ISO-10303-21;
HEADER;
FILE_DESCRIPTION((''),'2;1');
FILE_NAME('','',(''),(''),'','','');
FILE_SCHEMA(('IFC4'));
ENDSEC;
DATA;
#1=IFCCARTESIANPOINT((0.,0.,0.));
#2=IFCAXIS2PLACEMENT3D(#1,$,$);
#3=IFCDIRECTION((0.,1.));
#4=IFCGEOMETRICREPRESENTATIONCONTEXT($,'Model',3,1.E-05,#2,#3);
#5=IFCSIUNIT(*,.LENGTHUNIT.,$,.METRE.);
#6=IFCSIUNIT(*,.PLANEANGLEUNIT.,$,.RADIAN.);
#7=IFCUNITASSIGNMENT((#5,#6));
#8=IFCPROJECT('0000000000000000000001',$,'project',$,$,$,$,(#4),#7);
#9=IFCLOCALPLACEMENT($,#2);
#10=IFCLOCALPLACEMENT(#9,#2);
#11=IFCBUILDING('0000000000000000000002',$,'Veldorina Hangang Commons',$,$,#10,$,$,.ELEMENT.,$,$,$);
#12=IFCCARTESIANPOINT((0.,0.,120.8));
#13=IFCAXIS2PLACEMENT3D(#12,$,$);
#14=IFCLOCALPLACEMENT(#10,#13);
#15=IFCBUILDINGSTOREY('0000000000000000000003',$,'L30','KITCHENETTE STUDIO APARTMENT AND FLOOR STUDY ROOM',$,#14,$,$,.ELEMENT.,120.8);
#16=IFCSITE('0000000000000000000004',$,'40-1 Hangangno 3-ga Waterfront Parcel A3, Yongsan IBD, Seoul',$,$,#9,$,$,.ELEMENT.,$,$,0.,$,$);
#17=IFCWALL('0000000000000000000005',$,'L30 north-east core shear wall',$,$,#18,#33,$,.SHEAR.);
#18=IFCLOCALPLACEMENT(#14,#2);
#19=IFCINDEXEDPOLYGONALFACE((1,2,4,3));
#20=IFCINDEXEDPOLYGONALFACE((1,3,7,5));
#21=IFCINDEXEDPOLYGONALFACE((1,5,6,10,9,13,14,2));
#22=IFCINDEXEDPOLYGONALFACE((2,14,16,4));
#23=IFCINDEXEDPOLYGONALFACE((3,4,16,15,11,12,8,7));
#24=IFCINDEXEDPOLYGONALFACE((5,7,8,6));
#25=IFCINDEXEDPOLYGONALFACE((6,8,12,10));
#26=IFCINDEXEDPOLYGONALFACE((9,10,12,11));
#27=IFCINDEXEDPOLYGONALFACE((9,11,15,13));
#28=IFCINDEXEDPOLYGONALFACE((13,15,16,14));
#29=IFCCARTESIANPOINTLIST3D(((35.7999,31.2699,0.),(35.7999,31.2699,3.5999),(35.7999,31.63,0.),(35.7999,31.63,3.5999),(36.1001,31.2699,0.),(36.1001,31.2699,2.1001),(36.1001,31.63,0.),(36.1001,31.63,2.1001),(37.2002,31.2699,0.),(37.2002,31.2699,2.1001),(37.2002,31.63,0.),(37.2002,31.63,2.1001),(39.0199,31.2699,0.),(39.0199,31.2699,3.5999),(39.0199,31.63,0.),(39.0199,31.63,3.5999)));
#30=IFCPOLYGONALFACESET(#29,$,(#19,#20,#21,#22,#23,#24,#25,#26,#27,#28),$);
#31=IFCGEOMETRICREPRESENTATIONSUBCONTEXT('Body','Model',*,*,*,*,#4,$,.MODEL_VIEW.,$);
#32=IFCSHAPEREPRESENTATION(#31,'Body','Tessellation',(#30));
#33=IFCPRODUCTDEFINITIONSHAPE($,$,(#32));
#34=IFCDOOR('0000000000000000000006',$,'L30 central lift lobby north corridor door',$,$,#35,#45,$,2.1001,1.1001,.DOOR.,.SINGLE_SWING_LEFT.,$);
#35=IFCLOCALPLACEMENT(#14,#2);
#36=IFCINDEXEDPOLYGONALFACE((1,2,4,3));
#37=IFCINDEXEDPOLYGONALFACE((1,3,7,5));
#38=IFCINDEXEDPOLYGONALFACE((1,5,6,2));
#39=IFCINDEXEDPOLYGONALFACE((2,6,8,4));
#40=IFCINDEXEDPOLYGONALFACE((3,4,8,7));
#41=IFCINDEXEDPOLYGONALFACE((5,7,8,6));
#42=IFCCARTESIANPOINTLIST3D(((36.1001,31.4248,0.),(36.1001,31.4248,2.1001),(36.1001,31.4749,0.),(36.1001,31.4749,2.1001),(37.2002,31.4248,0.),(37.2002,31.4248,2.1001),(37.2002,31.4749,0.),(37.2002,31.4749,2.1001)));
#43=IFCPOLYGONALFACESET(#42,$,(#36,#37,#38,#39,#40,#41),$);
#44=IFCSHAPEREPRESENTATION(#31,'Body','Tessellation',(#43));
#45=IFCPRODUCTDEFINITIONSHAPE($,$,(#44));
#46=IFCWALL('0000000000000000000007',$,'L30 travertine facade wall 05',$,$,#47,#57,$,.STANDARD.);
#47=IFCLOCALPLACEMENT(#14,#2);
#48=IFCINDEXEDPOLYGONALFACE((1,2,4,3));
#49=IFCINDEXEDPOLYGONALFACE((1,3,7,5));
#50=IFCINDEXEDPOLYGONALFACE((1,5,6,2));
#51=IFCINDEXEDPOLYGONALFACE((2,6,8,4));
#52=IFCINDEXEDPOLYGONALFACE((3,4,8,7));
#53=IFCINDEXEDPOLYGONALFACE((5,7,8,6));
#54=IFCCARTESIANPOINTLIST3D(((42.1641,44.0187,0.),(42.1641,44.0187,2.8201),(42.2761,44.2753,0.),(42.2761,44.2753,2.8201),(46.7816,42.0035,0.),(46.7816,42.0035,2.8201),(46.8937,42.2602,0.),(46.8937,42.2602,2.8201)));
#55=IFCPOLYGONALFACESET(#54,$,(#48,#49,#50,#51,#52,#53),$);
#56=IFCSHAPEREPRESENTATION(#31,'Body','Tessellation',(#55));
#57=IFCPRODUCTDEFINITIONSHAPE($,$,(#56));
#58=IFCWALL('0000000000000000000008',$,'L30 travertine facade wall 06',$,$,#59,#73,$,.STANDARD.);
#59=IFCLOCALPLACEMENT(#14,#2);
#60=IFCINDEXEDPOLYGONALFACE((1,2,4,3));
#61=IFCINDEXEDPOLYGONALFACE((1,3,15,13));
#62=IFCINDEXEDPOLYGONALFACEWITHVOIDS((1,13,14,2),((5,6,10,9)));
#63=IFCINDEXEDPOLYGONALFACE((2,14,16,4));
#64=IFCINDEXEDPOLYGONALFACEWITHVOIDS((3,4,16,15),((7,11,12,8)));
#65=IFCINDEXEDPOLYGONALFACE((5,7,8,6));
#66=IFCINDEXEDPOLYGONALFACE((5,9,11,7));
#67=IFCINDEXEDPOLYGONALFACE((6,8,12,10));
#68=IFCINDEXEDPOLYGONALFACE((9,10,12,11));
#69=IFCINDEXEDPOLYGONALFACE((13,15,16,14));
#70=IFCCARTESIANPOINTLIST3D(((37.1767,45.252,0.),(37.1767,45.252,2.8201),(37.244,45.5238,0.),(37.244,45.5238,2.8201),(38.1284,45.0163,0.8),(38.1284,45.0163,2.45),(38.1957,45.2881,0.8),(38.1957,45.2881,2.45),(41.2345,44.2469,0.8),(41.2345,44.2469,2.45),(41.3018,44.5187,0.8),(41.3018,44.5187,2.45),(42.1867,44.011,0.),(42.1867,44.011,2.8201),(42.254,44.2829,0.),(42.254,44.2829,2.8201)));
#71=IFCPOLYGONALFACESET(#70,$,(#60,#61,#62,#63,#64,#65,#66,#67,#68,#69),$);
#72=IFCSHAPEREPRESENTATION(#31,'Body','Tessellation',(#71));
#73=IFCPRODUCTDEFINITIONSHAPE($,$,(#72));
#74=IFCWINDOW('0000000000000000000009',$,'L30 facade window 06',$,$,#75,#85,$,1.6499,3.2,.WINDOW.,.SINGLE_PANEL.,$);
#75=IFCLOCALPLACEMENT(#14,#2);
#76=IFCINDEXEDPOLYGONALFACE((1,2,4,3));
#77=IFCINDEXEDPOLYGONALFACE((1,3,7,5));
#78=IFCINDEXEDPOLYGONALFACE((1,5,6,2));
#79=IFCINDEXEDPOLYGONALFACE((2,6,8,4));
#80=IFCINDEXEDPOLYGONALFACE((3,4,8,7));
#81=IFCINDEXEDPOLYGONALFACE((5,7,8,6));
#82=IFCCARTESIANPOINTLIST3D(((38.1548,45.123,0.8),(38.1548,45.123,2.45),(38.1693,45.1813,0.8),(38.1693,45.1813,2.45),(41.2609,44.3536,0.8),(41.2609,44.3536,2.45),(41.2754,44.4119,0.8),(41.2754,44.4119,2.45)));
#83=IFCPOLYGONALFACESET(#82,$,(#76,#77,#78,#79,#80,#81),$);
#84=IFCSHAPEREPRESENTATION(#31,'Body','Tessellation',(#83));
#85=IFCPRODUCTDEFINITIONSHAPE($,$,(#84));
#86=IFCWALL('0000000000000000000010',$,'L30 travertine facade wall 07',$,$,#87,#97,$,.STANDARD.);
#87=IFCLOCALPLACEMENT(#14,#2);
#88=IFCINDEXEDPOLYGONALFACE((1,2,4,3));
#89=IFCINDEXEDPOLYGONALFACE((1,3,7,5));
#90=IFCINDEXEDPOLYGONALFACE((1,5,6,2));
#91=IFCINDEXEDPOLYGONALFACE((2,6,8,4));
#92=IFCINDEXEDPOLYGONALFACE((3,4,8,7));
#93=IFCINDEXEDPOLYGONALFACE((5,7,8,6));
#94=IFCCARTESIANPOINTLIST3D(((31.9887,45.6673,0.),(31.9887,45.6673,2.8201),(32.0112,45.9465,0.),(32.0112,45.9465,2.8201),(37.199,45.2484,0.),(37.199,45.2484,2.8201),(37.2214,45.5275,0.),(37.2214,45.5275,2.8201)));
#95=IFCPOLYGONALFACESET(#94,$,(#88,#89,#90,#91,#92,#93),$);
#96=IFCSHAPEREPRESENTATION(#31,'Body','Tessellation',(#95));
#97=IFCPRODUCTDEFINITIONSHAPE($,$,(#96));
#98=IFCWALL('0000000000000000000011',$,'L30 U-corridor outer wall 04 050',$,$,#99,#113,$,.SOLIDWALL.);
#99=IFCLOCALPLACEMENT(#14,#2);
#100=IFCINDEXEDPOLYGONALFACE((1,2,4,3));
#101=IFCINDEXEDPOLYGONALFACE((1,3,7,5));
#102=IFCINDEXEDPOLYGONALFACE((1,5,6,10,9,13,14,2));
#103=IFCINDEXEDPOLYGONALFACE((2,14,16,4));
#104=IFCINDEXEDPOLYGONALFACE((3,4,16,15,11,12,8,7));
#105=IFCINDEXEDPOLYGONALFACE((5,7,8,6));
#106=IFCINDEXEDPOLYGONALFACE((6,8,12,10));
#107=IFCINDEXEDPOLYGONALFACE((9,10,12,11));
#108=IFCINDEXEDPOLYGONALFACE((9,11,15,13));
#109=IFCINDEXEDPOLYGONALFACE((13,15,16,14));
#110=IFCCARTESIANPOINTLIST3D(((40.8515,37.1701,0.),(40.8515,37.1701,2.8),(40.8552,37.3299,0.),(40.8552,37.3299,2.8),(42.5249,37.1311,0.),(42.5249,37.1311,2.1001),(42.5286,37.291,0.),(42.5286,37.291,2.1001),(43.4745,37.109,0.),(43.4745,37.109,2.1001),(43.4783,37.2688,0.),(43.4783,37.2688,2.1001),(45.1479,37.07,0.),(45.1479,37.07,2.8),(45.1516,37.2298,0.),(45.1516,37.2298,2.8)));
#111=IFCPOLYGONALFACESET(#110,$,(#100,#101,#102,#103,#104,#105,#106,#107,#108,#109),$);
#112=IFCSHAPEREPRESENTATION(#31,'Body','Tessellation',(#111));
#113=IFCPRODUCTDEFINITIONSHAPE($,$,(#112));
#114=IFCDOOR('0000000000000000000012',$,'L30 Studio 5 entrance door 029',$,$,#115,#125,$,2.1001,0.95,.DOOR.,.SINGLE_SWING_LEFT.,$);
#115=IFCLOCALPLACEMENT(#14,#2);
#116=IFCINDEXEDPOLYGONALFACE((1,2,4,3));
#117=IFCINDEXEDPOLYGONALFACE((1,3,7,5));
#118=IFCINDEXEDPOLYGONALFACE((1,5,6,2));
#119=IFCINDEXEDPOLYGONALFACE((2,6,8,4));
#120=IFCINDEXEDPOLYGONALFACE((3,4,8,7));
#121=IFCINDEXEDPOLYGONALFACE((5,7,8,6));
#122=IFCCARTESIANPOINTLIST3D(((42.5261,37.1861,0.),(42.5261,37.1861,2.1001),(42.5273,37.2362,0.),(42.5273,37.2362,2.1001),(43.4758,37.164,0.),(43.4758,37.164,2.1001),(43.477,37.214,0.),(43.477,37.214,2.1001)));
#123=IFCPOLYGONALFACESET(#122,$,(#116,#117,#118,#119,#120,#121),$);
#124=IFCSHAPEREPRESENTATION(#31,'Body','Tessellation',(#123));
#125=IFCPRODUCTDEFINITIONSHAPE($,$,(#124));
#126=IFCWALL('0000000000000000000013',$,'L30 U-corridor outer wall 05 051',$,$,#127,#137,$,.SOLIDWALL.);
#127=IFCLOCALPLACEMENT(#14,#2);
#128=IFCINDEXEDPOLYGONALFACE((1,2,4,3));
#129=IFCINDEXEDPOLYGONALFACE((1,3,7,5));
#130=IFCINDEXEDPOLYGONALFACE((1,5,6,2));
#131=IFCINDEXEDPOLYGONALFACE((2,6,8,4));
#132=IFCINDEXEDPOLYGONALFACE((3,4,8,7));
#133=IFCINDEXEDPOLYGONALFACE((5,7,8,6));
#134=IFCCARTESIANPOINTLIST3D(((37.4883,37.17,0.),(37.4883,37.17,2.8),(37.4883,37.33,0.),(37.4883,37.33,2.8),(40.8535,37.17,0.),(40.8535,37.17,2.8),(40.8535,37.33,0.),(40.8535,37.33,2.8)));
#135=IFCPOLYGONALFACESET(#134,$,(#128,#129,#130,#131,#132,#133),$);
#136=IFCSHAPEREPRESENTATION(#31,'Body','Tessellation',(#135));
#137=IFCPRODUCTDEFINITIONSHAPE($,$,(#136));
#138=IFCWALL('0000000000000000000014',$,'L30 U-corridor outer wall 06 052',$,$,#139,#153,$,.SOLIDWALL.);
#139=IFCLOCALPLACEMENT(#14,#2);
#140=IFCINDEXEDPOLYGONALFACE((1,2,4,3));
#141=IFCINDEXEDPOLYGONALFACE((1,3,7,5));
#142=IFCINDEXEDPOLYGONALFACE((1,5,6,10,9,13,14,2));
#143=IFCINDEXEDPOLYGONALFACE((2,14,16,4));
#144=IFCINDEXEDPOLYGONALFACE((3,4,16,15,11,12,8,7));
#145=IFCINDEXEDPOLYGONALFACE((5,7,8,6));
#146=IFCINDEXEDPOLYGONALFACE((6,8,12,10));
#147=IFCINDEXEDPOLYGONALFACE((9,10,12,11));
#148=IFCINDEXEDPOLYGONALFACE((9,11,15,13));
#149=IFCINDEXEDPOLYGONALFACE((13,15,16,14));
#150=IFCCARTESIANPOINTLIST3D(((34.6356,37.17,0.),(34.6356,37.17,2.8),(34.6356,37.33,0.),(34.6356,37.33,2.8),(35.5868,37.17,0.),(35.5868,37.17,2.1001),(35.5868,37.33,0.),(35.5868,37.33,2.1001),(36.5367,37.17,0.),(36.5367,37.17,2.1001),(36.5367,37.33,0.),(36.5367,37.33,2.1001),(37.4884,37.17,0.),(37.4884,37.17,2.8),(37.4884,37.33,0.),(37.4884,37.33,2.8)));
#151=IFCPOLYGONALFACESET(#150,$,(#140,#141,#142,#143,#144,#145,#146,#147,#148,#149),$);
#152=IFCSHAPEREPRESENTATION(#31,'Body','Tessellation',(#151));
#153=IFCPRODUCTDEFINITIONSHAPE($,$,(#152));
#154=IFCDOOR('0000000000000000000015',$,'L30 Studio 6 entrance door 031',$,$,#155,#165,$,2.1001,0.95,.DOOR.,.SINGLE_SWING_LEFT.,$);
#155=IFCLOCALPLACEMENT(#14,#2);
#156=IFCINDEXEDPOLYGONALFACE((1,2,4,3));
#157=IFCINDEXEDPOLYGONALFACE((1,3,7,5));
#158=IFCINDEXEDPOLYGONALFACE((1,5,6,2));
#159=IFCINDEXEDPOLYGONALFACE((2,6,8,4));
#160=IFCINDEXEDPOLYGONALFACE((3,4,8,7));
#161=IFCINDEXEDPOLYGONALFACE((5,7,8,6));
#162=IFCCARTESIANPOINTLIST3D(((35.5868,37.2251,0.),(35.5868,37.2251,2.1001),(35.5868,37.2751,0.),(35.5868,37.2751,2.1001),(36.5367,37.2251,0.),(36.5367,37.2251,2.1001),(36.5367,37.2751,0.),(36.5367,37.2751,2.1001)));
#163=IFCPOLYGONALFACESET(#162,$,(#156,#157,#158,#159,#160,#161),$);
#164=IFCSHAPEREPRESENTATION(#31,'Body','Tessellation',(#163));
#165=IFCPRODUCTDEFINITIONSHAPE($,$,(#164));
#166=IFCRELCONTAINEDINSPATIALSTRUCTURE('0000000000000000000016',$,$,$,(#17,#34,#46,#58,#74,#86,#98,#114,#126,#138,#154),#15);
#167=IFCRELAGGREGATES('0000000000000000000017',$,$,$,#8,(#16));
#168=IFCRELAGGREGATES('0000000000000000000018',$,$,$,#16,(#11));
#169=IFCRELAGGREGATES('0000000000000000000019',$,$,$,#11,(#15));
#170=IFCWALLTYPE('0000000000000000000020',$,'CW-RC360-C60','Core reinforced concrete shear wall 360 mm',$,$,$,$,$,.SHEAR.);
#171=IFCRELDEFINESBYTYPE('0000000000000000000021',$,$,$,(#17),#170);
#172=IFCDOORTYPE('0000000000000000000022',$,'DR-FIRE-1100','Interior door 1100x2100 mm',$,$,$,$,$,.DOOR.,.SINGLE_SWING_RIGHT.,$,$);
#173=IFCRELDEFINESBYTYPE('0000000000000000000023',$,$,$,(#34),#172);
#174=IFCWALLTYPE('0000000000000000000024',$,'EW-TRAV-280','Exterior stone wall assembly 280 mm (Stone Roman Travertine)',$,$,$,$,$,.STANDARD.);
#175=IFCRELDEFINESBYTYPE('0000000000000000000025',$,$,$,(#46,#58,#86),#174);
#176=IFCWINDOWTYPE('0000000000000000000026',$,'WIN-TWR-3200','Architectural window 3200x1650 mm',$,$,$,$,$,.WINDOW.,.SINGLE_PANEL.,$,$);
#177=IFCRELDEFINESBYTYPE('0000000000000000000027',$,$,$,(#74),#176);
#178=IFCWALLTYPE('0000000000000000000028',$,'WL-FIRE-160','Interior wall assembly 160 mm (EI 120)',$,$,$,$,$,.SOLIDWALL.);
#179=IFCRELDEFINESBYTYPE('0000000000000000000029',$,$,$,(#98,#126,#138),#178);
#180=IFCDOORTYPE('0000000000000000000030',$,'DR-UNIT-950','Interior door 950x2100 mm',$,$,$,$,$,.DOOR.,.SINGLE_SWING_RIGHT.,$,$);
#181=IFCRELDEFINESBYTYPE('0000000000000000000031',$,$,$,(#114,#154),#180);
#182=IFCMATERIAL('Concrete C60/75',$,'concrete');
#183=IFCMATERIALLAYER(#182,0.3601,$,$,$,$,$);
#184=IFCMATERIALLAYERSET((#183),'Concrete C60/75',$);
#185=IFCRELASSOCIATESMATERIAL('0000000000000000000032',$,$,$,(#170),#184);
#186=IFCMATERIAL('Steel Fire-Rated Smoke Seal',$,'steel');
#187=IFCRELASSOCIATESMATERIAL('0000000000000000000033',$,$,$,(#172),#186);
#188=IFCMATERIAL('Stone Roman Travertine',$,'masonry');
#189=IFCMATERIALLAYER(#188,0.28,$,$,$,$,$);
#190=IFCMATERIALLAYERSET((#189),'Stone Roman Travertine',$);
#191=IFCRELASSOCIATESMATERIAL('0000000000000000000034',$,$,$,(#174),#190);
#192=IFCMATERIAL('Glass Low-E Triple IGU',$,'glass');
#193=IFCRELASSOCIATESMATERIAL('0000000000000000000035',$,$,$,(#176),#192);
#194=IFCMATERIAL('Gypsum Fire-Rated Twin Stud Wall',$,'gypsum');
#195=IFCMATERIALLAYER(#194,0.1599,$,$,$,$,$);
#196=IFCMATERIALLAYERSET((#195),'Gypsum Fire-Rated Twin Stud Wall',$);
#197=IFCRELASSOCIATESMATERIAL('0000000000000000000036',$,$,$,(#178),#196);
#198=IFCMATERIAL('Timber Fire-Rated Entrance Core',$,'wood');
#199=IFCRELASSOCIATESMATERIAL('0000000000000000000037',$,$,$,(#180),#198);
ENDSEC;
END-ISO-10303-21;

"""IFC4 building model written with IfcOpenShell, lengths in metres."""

from ifc_helpers import new_model, si_unit, direction, frame, frame_2d, origin, place, context, subcontext, project, spatial, rectangle, extrude, material, layer, layer_set, type_object, element, fill, save


model = new_model("IFC4")

# Units and contexts
model_context = context("Model", 3, precision=1e-05, world=origin(), true_north=direction((0.0, 1.0)))
body_context = subcontext(model_context, "Body", "Model", "MODEL_VIEW")
ifc_project = project(units=[si_unit("LENGTHUNIT", "METRE"), si_unit("PLANEANGLEUNIT", "RADIAN")], contexts=[model_context])

# Site, building, storey
site_placement = place(None, origin())
site = spatial("IfcSite", under=ifc_project, at=site_placement, Name="40-1 Hangangno 3-ga Waterfront Parcel A3, Yongsan IBD, Seoul", CompositionType="ELEMENT", RefElevation=0.0)
building_placement = place(site_placement, origin())
building = spatial("IfcBuilding", under=site, at=building_placement, Name="Veldorina Hangang Commons", CompositionType="ELEMENT")
storey_placement = place(building_placement, frame((0.0, 0.0, 120.8)))
storey = spatial("IfcBuildingStorey", under=building, at=storey_placement, Name="L30", Description="KITCHENETTE STUDIO APARTMENT AND FLOOR STUDY ROOM", CompositionType="ELEMENT", Elevation=120.8)

# Wall, opening, door
ifc_material_1 = material(Name="Concrete C60/75", Category="concrete")
ifc_layer_1 = layer(ifc_material_1, 0.3601)
ifc_layer_set_1 = layer_set([ifc_layer_1], Name="Concrete C60/75")
wall_type_1 = type_object("IfcWallType", Name="CW-RC360-C60", Description="Core reinforced concrete shear wall 360 mm", PredefinedType="SHEAR", material=ifc_layer_set_1)
wall_1_placement = place(storey_placement, frame((35.8, 31.45, 0.0), z_axis=(0.0, 0.0, 1.0), x_axis=(1.0, 0.0, 0.0)))
wall_1 = element("IfcWall", 1, at=wall_1_placement, inside=storey, type_object=wall_type_1, Name="L30 north-east core shear wall", PredefinedType="SHEAR", context=body_context, shape_type="SweptSolid", body=[
    extrude(rectangle(XDim=3.22, YDim=0.3601, at=frame_2d((1.6099, 0.0))), origin(), (0.0, 0.0, 1.0), 3.5999),
])
opening_1_placement = place(wall_1_placement, frame((0.3, 0.0, 0.0)))
opening_1 = element("IfcOpeningElement", 2, at=opening_1_placement, cuts=wall_1, PredefinedType="OPENING", context=body_context, shape_type="SweptSolid", body=[
    extrude(rectangle(XDim=1.1001, YDim=2.1001, at=frame_2d((0.55, 1.05))), frame((0.0, 0.1899, 0.0), z_axis=(0.0, -1.0, 0.0), x_axis=(1.0, 0.0, 0.0)), (0.0, 0.0, 1.0), 0.3801),
])
ifc_material_2 = material(Name="Steel Fire-Rated Smoke Seal", Category="steel")
door_type_1 = type_object("IfcDoorType", Name="DR-FIRE-1100", Description="Interior door 1100x2100 mm", OperationType="SINGLE_SWING_RIGHT", PredefinedType="DOOR", material=ifc_material_2)
door_1_placement = place(opening_1_placement, origin())
door_1 = element("IfcDoor", 3, at=door_1_placement, inside=storey, type_object=door_type_1, Name="L30 central lift lobby north corridor door", OperationType="SINGLE_SWING_LEFT", OverallHeight=2.1001, OverallWidth=1.1001, PredefinedType="DOOR", context=body_context, shape_type="SweptSolid", body=[
    extrude(rectangle(XDim=1.1001, YDim=2.1001, at=frame_2d((0.55, 1.05))), frame((0.0, 0.0249, 0.0), z_axis=(0.0, -1.0, 0.0), x_axis=(1.0, 0.0, 0.0)), (0.0, 0.0, 1.0), 0.05),
])
fill(opening_1, door_1)

# Wall
ifc_material_3 = material(Name="Stone Roman Travertine", Category="masonry")
ifc_layer_2 = layer(ifc_material_3, 0.28)
ifc_layer_set_2 = layer_set([ifc_layer_2], Name="Stone Roman Travertine")
wall_type_2 = type_object("IfcWallType", Name="EW-TRAV-280", Description="Exterior stone wall assembly 280 mm (Stone Roman Travertine)", PredefinedType="STANDARD", material=ifc_layer_set_2)
wall_2_placement = place(storey_placement, frame((46.8376, 42.1318, 0.0), z_axis=(0.0, 0.0, 1.0), x_axis=(-0.916521, 0.399987, 0.0)))
element("IfcWall", 4, at=wall_2_placement, inside=storey, type_object=wall_type_2, Name="L30 travertine facade wall 05", PredefinedType="STANDARD", context=body_context, shape_type="SweptSolid", body=[
    extrude(rectangle(XDim=5.0381, YDim=0.28, at=frame_2d((2.519, 0.0))), origin(), (0.0, 0.0, 1.0), 2.8201),
])

# Wall, opening, window
wall_3_placement = place(storey_placement, frame((42.2202, 44.147, 0.0), z_axis=(0.0, 0.0, 1.0), x_axis=(-0.970666, 0.240432, 0.0)))
wall_3 = element("IfcWall", 5, at=wall_3_placement, inside=storey, type_object=wall_type_2, Name="L30 travertine facade wall 06", PredefinedType="STANDARD", context=body_context, shape_type="SweptSolid", body=[
    extrude(rectangle(XDim=5.1614, YDim=0.28, at=frame_2d((2.5806, 0.0))), origin(), (0.0, 0.0, 1.0), 2.8201),
])
opening_2_placement = place(wall_3_placement, frame((0.9807, 0.0, 0.8)))
opening_2 = element("IfcOpeningElement", 6, at=opening_2_placement, cuts=wall_3, PredefinedType="OPENING", context=body_context, shape_type="SweptSolid", body=[
    extrude(rectangle(XDim=3.2, YDim=1.6499, at=frame_2d((1.6001, 0.825))), frame((0.0, 0.1499, 0.0), z_axis=(0.0, -1.0, 0.0), x_axis=(1.0, 0.0, 0.0)), (0.0, 0.0, 1.0), 0.3),
])
ifc_material_4 = material(Name="Glass Low-E Triple IGU", Category="glass")
window_type = type_object("IfcWindowType", Name="WIN-TWR-3200", Description="Architectural window 3200x1650 mm", PartitioningType="SINGLE_PANEL", PredefinedType="WINDOW", material=ifc_material_4)
window_placement = place(opening_2_placement, origin())
window = element("IfcWindow", 7, at=window_placement, inside=storey, type_object=window_type, Name="L30 facade window 06", OverallHeight=1.6499, OverallWidth=3.2, PartitioningType="SINGLE_PANEL", PredefinedType="WINDOW", context=body_context, shape_type="SweptSolid", body=[
    extrude(rectangle(XDim=3.2, YDim=1.6499, at=frame_2d((1.6001, 0.825))), frame((0.0, 0.03, 0.0), z_axis=(0.0, -1.0, 0.0), x_axis=(1.0, 0.0, 0.0)), (0.0, 0.0, 1.0), 0.0601),
])
fill(opening_2, window)

# Wall
wall_4_placement = place(storey_placement, frame((37.2102, 45.3879, 0.0), z_axis=(0.0, 0.0, 1.0), x_axis=(-0.996783, 0.08015, 0.0)))
element("IfcWall", 8, at=wall_4_placement, inside=storey, type_object=wall_type_2, Name="L30 travertine facade wall 07", PredefinedType="STANDARD", context=body_context, shape_type="SweptSolid", body=[
    extrude(rectangle(XDim=5.2271, YDim=0.28, at=frame_2d((2.6135, 0.0))), origin(), (0.0, 0.0, 1.0), 2.8201),
])

# Wall, opening, door
ifc_material_5 = material(Name="Gypsum Fire-Rated Twin Stud Wall", Category="gypsum")
ifc_layer_3 = layer(ifc_material_5, 0.1599)
ifc_layer_set_3 = layer_set([ifc_layer_3], Name="Gypsum Fire-Rated Twin Stud Wall")
wall_type_3 = type_object("IfcWallType", Name="WL-FIRE-160", Description="Interior wall assembly 160 mm (EI 120)", PredefinedType="SOLIDWALL", material=ifc_layer_set_3)
wall_5_placement = place(storey_placement, frame((45.1499, 37.1499, 0.0), z_axis=(0.0, 0.0, 1.0), x_axis=(-0.999729, 0.023292, 0.0)))
wall_5 = element("IfcWall", 9, at=wall_5_placement, inside=storey, type_object=wall_type_3, Name="L30 U-corridor outer wall 04 050", PredefinedType="SOLIDWALL", context=body_context, shape_type="SweptSolid", body=[
    extrude(rectangle(XDim=4.2976, YDim=0.1599, at=frame_2d((2.1489, 0.0))), origin(), (0.0, 0.0, 1.0), 2.8),
])
opening_3_placement = place(wall_5_placement, frame((1.6738, 0.0, 0.0)))
opening_3 = element("IfcOpeningElement", 10, at=opening_3_placement, cuts=wall_5, PredefinedType="OPENING", context=body_context, shape_type="SweptSolid", body=[
    extrude(rectangle(XDim=0.95, YDim=2.1001, at=frame_2d((0.4751, 1.05))), frame((0.0, 0.0898, 0.0), z_axis=(0.0, -1.0, 0.0), x_axis=(1.0, 0.0, 0.0)), (0.0, 0.0, 1.0), 0.1799),
])
ifc_material_6 = material(Name="Timber Fire-Rated Entrance Core", Category="wood")
door_type_2 = type_object("IfcDoorType", Name="DR-UNIT-950", Description="Interior door 950x2100 mm", OperationType="SINGLE_SWING_RIGHT", PredefinedType="DOOR", material=ifc_material_6)
door_2_placement = place(opening_3_placement, origin())
door_2 = element("IfcDoor", 11, at=door_2_placement, inside=storey, type_object=door_type_2, Name="L30 Studio 5 entrance door 029", OperationType="SINGLE_SWING_LEFT", OverallHeight=2.1001, OverallWidth=0.95, PredefinedType="DOOR", context=body_context, shape_type="SweptSolid", body=[
    extrude(rectangle(XDim=0.95, YDim=2.1001, at=frame_2d((0.4751, 1.05))), frame((0.0, 0.0249, 0.0), z_axis=(0.0, -1.0, 0.0), x_axis=(1.0, 0.0, 0.0)), (0.0, 0.0, 1.0), 0.05),
])
fill(opening_3, door_2)

# Wall
wall_6_placement = place(storey_placement, frame((40.8535, 37.25, 0.0), z_axis=(0.0, 0.0, 1.0), x_axis=(-1.0, 0.0, 0.0)))
element("IfcWall", 12, at=wall_6_placement, inside=storey, type_object=wall_type_3, Name="L30 U-corridor outer wall 05 051", PredefinedType="SOLIDWALL", context=body_context, shape_type="SweptSolid", body=[
    extrude(rectangle(XDim=3.3652, YDim=0.1599, at=frame_2d((1.6826, 0.0))), origin(), (0.0, 0.0, 1.0), 2.8),
])

# Wall, opening, door
wall_7_placement = place(storey_placement, frame((37.4883, 37.25, 0.0), z_axis=(0.0, 0.0, 1.0), x_axis=(-1.0, 0.0, 0.0)))
wall_7 = element("IfcWall", 13, at=wall_7_placement, inside=storey, type_object=wall_type_3, Name="L30 U-corridor outer wall 06 052", PredefinedType="SOLIDWALL", context=body_context, shape_type="SweptSolid", body=[
    extrude(rectangle(XDim=2.8528, YDim=0.1599, at=frame_2d((1.4263, 0.0))), origin(), (0.0, 0.0, 1.0), 2.8),
])
opening_4_placement = place(wall_7_placement, frame((0.9514, 0.0, 0.0)))
opening_4 = element("IfcOpeningElement", 14, at=opening_4_placement, cuts=wall_7, PredefinedType="OPENING", context=body_context, shape_type="SweptSolid", body=[
    extrude(rectangle(XDim=0.95, YDim=2.1001, at=frame_2d((0.4751, 1.05))), frame((0.0, 0.0898, 0.0), z_axis=(0.0, -1.0, 0.0), x_axis=(1.0, 0.0, 0.0)), (0.0, 0.0, 1.0), 0.1799),
])
door_3_placement = place(opening_4_placement, origin())
door_3 = element("IfcDoor", 15, at=door_3_placement, inside=storey, type_object=door_type_2, Name="L30 Studio 6 entrance door 031", OperationType="SINGLE_SWING_LEFT", OverallHeight=2.1001, OverallWidth=0.95, PredefinedType="DOOR", context=body_context, shape_type="SweptSolid", body=[
    extrude(rectangle(XDim=0.95, YDim=2.1001, at=frame_2d((0.4751, 1.05))), frame((0.0, 0.0249, 0.0), z_axis=(0.0, -1.0, 0.0), x_axis=(1.0, 0.0, 0.0)), (0.0, 0.0, 1.0), 0.05),
])
fill(opening_4, door_3)

save(model, "model.ifc")
